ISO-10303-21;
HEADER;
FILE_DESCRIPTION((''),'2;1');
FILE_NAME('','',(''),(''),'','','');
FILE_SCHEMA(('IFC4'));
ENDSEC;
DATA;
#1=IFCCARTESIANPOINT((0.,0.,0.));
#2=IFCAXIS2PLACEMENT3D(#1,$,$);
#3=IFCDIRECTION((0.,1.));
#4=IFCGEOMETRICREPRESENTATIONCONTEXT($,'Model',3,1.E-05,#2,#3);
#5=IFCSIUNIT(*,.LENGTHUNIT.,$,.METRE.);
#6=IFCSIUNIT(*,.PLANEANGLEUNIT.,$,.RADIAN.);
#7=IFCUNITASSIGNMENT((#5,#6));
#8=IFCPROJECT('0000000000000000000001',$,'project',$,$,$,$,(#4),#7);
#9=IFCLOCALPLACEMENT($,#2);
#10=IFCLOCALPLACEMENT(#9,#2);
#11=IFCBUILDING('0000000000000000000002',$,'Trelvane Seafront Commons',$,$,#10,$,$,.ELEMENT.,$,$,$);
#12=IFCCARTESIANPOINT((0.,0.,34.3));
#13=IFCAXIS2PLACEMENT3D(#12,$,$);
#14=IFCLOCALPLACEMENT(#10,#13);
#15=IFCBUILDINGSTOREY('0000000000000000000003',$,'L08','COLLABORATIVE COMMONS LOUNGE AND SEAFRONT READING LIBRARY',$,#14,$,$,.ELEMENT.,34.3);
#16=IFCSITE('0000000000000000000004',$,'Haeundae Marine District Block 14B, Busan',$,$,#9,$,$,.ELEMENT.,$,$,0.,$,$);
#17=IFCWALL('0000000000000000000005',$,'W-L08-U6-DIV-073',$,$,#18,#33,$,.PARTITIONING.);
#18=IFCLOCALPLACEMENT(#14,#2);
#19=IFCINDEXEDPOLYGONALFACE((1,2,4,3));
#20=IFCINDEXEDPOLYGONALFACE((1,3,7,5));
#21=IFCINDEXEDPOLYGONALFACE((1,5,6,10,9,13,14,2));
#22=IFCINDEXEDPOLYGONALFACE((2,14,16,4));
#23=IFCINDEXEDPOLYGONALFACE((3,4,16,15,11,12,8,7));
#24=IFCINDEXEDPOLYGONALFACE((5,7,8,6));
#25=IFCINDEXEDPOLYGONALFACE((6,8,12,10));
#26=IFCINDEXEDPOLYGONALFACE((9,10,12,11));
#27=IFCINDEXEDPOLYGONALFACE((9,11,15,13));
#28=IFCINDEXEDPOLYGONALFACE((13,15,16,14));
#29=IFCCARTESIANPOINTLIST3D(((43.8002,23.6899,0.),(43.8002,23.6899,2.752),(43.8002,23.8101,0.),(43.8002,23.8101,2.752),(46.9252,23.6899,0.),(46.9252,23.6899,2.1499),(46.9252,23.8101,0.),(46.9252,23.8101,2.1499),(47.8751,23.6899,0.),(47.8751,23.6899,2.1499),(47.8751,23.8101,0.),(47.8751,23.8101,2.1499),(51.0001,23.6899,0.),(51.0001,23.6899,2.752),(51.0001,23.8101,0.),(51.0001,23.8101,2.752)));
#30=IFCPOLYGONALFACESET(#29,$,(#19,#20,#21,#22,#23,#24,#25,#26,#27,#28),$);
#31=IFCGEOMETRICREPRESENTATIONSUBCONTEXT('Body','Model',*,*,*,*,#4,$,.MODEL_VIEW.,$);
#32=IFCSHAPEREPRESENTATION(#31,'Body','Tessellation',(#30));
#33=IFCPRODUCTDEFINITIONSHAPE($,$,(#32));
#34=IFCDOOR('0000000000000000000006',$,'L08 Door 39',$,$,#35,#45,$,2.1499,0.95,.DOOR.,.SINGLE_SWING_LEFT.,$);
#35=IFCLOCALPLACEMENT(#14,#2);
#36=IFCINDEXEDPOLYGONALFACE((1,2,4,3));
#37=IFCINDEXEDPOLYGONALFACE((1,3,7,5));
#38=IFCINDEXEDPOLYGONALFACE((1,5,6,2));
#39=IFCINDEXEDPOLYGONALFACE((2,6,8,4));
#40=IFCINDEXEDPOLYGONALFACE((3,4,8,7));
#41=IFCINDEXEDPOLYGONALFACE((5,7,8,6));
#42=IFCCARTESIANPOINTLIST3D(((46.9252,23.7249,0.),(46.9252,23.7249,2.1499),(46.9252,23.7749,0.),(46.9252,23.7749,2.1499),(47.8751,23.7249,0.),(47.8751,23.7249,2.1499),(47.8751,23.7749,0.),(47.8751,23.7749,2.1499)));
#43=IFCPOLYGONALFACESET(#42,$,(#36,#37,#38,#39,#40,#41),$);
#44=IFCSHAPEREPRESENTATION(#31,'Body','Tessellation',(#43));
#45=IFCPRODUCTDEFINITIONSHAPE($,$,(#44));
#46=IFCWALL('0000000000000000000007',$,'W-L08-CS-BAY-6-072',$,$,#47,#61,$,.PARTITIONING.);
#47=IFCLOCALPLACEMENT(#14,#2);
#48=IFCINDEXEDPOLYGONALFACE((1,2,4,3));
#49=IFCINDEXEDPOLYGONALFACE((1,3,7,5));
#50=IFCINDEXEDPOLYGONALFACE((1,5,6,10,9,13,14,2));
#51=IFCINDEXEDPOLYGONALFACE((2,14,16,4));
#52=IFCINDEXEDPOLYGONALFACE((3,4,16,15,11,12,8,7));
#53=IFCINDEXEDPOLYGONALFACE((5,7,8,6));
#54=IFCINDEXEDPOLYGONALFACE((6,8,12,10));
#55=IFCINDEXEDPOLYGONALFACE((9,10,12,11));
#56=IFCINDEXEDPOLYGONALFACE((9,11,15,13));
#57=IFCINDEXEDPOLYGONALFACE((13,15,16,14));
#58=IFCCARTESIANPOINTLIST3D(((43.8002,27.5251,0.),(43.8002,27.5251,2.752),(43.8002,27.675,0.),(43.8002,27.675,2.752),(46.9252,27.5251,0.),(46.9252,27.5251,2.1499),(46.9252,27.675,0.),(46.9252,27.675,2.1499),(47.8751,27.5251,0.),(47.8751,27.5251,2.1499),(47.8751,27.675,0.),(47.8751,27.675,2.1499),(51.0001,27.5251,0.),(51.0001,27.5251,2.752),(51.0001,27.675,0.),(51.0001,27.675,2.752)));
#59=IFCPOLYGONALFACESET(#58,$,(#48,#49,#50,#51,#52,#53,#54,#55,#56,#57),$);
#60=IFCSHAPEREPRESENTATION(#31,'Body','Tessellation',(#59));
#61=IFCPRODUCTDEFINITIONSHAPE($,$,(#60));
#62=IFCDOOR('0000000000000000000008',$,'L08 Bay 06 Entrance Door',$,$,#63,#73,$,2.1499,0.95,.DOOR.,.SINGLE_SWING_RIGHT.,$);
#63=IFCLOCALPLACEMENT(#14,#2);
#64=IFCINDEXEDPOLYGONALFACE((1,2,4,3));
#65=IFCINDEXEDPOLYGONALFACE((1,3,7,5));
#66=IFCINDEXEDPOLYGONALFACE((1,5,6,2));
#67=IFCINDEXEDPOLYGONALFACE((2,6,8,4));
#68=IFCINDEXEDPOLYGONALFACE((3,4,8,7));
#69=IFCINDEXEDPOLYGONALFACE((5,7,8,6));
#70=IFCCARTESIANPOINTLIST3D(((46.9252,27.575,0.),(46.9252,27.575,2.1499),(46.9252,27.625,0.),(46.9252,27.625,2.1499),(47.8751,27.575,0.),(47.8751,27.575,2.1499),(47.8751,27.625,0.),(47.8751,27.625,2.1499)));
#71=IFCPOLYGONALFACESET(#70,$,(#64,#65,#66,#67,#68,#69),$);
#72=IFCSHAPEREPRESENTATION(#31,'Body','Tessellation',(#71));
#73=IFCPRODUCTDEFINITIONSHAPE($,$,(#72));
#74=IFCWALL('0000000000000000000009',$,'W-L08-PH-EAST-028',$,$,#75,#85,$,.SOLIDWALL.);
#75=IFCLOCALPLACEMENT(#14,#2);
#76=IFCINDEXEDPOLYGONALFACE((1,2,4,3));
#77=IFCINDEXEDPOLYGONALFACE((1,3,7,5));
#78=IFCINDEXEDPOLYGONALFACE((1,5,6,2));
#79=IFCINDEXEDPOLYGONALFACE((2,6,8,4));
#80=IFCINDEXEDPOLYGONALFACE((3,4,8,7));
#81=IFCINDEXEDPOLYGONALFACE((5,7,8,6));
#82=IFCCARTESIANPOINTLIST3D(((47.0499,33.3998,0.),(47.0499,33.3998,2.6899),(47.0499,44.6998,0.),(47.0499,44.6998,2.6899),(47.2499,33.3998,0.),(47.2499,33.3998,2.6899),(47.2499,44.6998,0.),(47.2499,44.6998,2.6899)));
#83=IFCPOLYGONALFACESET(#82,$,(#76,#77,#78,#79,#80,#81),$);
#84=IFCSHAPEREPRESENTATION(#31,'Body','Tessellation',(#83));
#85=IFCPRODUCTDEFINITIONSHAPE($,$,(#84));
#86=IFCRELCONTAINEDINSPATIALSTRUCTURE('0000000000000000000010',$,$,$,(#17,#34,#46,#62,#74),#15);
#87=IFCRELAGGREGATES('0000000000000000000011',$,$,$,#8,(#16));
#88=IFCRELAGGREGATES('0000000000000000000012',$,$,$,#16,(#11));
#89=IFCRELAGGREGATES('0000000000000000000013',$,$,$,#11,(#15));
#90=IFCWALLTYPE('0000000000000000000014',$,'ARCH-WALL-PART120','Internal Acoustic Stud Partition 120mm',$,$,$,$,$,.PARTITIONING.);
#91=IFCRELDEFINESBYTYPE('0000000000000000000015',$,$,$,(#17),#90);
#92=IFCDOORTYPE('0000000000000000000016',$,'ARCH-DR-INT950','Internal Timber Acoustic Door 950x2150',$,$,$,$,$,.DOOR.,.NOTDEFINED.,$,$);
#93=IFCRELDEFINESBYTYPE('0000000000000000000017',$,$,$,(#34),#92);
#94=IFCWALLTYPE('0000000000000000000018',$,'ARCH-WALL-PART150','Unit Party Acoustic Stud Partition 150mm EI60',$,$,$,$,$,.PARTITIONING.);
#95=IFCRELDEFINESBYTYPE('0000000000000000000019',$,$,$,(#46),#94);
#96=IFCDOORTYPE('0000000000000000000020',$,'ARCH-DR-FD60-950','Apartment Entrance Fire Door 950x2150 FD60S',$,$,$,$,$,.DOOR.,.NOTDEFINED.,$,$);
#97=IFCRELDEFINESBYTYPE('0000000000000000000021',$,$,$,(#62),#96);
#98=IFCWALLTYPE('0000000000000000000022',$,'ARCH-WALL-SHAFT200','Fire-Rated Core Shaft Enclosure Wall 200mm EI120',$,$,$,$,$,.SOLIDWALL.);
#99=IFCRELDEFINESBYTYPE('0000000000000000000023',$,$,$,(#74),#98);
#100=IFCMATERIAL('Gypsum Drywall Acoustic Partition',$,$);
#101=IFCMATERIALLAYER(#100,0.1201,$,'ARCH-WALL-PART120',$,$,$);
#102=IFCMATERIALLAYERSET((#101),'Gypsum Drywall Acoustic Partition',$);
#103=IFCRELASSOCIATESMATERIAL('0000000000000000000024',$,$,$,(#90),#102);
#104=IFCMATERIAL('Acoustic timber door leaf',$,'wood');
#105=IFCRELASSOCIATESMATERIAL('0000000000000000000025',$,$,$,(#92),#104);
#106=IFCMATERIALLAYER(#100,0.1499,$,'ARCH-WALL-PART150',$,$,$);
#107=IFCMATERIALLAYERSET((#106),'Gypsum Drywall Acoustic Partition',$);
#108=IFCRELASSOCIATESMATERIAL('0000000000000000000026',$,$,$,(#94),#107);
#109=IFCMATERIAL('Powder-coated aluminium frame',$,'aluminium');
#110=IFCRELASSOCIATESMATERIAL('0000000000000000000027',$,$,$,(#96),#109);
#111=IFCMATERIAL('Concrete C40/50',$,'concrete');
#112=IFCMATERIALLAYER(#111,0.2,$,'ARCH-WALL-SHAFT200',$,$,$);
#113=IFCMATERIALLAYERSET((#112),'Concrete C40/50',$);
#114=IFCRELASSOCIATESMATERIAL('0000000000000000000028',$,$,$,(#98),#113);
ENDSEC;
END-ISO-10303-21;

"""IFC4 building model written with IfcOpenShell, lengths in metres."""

from ifc_helpers import new_model, si_unit, direction, frame, frame_2d, origin, place, context, subcontext, project, spatial, rectangle, extrude, source, transform, mapped, material, layer, layer_set, type_object, element, fill, save


model = new_model("IFC4")

# Units and contexts
model_context = context("Model", 3, precision=1e-05, world=origin(), true_north=direction((0.0, 1.0)))
body_context = subcontext(model_context, "Body", "Model", "MODEL_VIEW")
ifc_project = project(units=[si_unit("LENGTHUNIT", "METRE"), si_unit("PLANEANGLEUNIT", "RADIAN")], contexts=[model_context])

# Site, building, storey
site_placement = place(None, origin())
site = spatial("IfcSite", under=ifc_project, at=site_placement, Name="Haeundae Marine District Block 14B, Busan", CompositionType="ELEMENT", RefElevation=0.0)
building_placement = place(site_placement, origin())
building = spatial("IfcBuilding", under=site, at=building_placement, Name="Trelvane Seafront Commons", CompositionType="ELEMENT")
storey_placement = place(building_placement, frame((0.0, 0.0, 34.3)))
storey = spatial("IfcBuildingStorey", under=building, at=storey_placement, Name="L08", Description="COLLABORATIVE COMMONS LOUNGE AND SEAFRONT READING LIBRARY", CompositionType="ELEMENT", Elevation=34.3)

# Shared definitions
ifc_material_1 = material(Name="Gypsum Drywall Acoustic Partition")
ifc_layer_1 = layer(ifc_material_1, 0.1201, Name="ARCH-WALL-PART120")
ifc_layer_set_1 = layer_set([ifc_layer_1], Name="Gypsum Drywall Acoustic Partition")
wall_type_1 = type_object("IfcWallType", Name="ARCH-WALL-PART120", Description="Internal Acoustic Stud Partition 120mm", PredefinedType="PARTITIONING", material=ifc_layer_set_1)
ifc_material_2 = material(Name="Acoustic timber door leaf", Category="wood")
door_type_1 = type_object("IfcDoorType", Name="ARCH-DR-INT950", Description="Internal Timber Acoustic Door 950x2150", OperationType="NOTDEFINED", PredefinedType="DOOR", material=ifc_material_2)
shared_shape_1 = source(origin(), body_context, "Body", "SweptSolid", [
    extrude(rectangle(XDim=0.95, YDim=2.1499, at=frame_2d((0.4751, 1.075))), frame((0.0, 0.0249, 0.0), z_axis=(0.0, -1.0, 0.0), x_axis=(1.0, 0.0, 0.0)), (0.0, 0.0, 1.0), 0.05),
])

# Walls, openings, doors
wall_1_placement = place(storey_placement, frame((43.8, 23.75, 0.0), z_axis=(0.0, 0.0, 1.0), x_axis=(1.0, 0.0, 0.0)))
wall_1 = element("IfcWall", 1, at=wall_1_placement, inside=storey, type_object=wall_type_1, Name="W-L08-U6-DIV-073", PredefinedType="PARTITIONING", context=body_context, shape_type="SweptSolid", body=[
    extrude(rectangle(XDim=7.2, YDim=0.1201, at=frame_2d((3.6001, 0.0))), origin(), (0.0, 0.0, 1.0), 2.752),
])
opening_1_placement = place(wall_1_placement, frame((3.125, 0.0, 0.0)))
opening_1 = element("IfcOpeningElement", 2, at=opening_1_placement, cuts=wall_1, PredefinedType="OPENING", context=body_context, shape_type="SweptSolid", body=[
    extrude(rectangle(XDim=0.95, YDim=2.1499, at=frame_2d((0.4751, 1.075))), frame((0.0, 0.0701, 0.0), z_axis=(0.0, -1.0, 0.0), x_axis=(1.0, 0.0, 0.0)), (0.0, 0.0, 1.0), 0.1401),
])
door_1_placement = place(opening_1_placement, origin())
door_1 = element("IfcDoor", 3, at=door_1_placement, inside=storey, type_object=door_type_1, Name="L08 Door 39", OperationType="SINGLE_SWING_LEFT", OverallHeight=2.1499, OverallWidth=0.95, PredefinedType="DOOR", context=body_context, shape_type="MappedRepresentation", body=[
    mapped(shared_shape_1, transform((0.0, 0.0, 0.0), x_axis=(1.0, 0.0, 0.0), y_axis=(0.0, 1.0, 0.0), z_axis=(0.0, 0.0, 1.0), scale=1.0)),
])
fill(opening_1, door_1)
ifc_layer_2 = layer(ifc_material_1, 0.1499, Name="ARCH-WALL-PART150")
ifc_layer_set_2 = layer_set([ifc_layer_2], Name="Gypsum Drywall Acoustic Partition")
wall_type_2 = type_object("IfcWallType", Name="ARCH-WALL-PART150", Description="Unit Party Acoustic Stud Partition 150mm EI60", PredefinedType="PARTITIONING", material=ifc_layer_set_2)
wall_2_placement = place(storey_placement, frame((43.8, 27.6001, 0.0), z_axis=(0.0, 0.0, 1.0), x_axis=(1.0, 0.0, 0.0)))
wall_2 = element("IfcWall", 4, at=wall_2_placement, inside=storey, type_object=wall_type_2, Name="W-L08-CS-BAY-6-072", PredefinedType="PARTITIONING", context=body_context, shape_type="SweptSolid", body=[
    extrude(rectangle(XDim=7.2, YDim=0.1499, at=frame_2d((3.6001, 0.0))), origin(), (0.0, 0.0, 1.0), 2.752),
])
opening_2_placement = place(wall_2_placement, frame((3.125, 0.0, 0.0)))
opening_2 = element("IfcOpeningElement", 5, at=opening_2_placement, cuts=wall_2, PredefinedType="OPENING", context=body_context, shape_type="SweptSolid", body=[
    extrude(rectangle(XDim=0.95, YDim=2.1499, at=frame_2d((0.4751, 1.075))), frame((0.0, 0.085, 0.0), z_axis=(0.0, -1.0, 0.0), x_axis=(1.0, 0.0, 0.0)), (0.0, 0.0, 1.0), 0.1699),
])
ifc_material_3 = material(Name="Powder-coated aluminium frame", Category="aluminium")
door_type_2 = type_object("IfcDoorType", Name="ARCH-DR-FD60-950", Description="Apartment Entrance Fire Door 950x2150 FD60S", OperationType="NOTDEFINED", PredefinedType="DOOR", material=ifc_material_3)
door_2_placement = place(opening_2_placement, origin())
door_2 = element("IfcDoor", 6, at=door_2_placement, inside=storey, type_object=door_type_2, Name="L08 Bay 06 Entrance Door", OperationType="SINGLE_SWING_RIGHT", OverallHeight=2.1499, OverallWidth=0.95, PredefinedType="DOOR", context=body_context, shape_type="MappedRepresentation", body=[
    mapped(shared_shape_1, transform((0.0, 0.0, 0.0), x_axis=(1.0, 0.0, 0.0), y_axis=(0.0, 1.0, 0.0), z_axis=(0.0, 0.0, 1.0), scale=1.0)),
])
fill(opening_2, door_2)

# Wall
ifc_material_4 = material(Name="Concrete C40/50", Category="concrete")
ifc_layer_3 = layer(ifc_material_4, 0.2, Name="ARCH-WALL-SHAFT200")
ifc_layer_set_3 = layer_set([ifc_layer_3], Name="Concrete C40/50")
wall_type_3 = type_object("IfcWallType", Name="ARCH-WALL-SHAFT200", Description="Fire-Rated Core Shaft Enclosure Wall 200mm EI120", PredefinedType="SOLIDWALL", material=ifc_layer_set_3)
wall_3_placement = place(storey_placement, frame((47.1499, 33.3999, 0.0), z_axis=(0.0, 0.0, 1.0), x_axis=(0.0, 1.0, 0.0)))
element("IfcWall", 7, at=wall_3_placement, inside=storey, type_object=wall_type_3, Name="W-L08-PH-EAST-028", PredefinedType="SOLIDWALL", context=body_context, shape_type="SweptSolid", body=[
    extrude(rectangle(XDim=11.3, YDim=0.2, at=frame_2d((5.6499, 0.0))), origin(), (0.0, 0.0, 1.0), 2.6899),
])

save(model, "model.ifc")
